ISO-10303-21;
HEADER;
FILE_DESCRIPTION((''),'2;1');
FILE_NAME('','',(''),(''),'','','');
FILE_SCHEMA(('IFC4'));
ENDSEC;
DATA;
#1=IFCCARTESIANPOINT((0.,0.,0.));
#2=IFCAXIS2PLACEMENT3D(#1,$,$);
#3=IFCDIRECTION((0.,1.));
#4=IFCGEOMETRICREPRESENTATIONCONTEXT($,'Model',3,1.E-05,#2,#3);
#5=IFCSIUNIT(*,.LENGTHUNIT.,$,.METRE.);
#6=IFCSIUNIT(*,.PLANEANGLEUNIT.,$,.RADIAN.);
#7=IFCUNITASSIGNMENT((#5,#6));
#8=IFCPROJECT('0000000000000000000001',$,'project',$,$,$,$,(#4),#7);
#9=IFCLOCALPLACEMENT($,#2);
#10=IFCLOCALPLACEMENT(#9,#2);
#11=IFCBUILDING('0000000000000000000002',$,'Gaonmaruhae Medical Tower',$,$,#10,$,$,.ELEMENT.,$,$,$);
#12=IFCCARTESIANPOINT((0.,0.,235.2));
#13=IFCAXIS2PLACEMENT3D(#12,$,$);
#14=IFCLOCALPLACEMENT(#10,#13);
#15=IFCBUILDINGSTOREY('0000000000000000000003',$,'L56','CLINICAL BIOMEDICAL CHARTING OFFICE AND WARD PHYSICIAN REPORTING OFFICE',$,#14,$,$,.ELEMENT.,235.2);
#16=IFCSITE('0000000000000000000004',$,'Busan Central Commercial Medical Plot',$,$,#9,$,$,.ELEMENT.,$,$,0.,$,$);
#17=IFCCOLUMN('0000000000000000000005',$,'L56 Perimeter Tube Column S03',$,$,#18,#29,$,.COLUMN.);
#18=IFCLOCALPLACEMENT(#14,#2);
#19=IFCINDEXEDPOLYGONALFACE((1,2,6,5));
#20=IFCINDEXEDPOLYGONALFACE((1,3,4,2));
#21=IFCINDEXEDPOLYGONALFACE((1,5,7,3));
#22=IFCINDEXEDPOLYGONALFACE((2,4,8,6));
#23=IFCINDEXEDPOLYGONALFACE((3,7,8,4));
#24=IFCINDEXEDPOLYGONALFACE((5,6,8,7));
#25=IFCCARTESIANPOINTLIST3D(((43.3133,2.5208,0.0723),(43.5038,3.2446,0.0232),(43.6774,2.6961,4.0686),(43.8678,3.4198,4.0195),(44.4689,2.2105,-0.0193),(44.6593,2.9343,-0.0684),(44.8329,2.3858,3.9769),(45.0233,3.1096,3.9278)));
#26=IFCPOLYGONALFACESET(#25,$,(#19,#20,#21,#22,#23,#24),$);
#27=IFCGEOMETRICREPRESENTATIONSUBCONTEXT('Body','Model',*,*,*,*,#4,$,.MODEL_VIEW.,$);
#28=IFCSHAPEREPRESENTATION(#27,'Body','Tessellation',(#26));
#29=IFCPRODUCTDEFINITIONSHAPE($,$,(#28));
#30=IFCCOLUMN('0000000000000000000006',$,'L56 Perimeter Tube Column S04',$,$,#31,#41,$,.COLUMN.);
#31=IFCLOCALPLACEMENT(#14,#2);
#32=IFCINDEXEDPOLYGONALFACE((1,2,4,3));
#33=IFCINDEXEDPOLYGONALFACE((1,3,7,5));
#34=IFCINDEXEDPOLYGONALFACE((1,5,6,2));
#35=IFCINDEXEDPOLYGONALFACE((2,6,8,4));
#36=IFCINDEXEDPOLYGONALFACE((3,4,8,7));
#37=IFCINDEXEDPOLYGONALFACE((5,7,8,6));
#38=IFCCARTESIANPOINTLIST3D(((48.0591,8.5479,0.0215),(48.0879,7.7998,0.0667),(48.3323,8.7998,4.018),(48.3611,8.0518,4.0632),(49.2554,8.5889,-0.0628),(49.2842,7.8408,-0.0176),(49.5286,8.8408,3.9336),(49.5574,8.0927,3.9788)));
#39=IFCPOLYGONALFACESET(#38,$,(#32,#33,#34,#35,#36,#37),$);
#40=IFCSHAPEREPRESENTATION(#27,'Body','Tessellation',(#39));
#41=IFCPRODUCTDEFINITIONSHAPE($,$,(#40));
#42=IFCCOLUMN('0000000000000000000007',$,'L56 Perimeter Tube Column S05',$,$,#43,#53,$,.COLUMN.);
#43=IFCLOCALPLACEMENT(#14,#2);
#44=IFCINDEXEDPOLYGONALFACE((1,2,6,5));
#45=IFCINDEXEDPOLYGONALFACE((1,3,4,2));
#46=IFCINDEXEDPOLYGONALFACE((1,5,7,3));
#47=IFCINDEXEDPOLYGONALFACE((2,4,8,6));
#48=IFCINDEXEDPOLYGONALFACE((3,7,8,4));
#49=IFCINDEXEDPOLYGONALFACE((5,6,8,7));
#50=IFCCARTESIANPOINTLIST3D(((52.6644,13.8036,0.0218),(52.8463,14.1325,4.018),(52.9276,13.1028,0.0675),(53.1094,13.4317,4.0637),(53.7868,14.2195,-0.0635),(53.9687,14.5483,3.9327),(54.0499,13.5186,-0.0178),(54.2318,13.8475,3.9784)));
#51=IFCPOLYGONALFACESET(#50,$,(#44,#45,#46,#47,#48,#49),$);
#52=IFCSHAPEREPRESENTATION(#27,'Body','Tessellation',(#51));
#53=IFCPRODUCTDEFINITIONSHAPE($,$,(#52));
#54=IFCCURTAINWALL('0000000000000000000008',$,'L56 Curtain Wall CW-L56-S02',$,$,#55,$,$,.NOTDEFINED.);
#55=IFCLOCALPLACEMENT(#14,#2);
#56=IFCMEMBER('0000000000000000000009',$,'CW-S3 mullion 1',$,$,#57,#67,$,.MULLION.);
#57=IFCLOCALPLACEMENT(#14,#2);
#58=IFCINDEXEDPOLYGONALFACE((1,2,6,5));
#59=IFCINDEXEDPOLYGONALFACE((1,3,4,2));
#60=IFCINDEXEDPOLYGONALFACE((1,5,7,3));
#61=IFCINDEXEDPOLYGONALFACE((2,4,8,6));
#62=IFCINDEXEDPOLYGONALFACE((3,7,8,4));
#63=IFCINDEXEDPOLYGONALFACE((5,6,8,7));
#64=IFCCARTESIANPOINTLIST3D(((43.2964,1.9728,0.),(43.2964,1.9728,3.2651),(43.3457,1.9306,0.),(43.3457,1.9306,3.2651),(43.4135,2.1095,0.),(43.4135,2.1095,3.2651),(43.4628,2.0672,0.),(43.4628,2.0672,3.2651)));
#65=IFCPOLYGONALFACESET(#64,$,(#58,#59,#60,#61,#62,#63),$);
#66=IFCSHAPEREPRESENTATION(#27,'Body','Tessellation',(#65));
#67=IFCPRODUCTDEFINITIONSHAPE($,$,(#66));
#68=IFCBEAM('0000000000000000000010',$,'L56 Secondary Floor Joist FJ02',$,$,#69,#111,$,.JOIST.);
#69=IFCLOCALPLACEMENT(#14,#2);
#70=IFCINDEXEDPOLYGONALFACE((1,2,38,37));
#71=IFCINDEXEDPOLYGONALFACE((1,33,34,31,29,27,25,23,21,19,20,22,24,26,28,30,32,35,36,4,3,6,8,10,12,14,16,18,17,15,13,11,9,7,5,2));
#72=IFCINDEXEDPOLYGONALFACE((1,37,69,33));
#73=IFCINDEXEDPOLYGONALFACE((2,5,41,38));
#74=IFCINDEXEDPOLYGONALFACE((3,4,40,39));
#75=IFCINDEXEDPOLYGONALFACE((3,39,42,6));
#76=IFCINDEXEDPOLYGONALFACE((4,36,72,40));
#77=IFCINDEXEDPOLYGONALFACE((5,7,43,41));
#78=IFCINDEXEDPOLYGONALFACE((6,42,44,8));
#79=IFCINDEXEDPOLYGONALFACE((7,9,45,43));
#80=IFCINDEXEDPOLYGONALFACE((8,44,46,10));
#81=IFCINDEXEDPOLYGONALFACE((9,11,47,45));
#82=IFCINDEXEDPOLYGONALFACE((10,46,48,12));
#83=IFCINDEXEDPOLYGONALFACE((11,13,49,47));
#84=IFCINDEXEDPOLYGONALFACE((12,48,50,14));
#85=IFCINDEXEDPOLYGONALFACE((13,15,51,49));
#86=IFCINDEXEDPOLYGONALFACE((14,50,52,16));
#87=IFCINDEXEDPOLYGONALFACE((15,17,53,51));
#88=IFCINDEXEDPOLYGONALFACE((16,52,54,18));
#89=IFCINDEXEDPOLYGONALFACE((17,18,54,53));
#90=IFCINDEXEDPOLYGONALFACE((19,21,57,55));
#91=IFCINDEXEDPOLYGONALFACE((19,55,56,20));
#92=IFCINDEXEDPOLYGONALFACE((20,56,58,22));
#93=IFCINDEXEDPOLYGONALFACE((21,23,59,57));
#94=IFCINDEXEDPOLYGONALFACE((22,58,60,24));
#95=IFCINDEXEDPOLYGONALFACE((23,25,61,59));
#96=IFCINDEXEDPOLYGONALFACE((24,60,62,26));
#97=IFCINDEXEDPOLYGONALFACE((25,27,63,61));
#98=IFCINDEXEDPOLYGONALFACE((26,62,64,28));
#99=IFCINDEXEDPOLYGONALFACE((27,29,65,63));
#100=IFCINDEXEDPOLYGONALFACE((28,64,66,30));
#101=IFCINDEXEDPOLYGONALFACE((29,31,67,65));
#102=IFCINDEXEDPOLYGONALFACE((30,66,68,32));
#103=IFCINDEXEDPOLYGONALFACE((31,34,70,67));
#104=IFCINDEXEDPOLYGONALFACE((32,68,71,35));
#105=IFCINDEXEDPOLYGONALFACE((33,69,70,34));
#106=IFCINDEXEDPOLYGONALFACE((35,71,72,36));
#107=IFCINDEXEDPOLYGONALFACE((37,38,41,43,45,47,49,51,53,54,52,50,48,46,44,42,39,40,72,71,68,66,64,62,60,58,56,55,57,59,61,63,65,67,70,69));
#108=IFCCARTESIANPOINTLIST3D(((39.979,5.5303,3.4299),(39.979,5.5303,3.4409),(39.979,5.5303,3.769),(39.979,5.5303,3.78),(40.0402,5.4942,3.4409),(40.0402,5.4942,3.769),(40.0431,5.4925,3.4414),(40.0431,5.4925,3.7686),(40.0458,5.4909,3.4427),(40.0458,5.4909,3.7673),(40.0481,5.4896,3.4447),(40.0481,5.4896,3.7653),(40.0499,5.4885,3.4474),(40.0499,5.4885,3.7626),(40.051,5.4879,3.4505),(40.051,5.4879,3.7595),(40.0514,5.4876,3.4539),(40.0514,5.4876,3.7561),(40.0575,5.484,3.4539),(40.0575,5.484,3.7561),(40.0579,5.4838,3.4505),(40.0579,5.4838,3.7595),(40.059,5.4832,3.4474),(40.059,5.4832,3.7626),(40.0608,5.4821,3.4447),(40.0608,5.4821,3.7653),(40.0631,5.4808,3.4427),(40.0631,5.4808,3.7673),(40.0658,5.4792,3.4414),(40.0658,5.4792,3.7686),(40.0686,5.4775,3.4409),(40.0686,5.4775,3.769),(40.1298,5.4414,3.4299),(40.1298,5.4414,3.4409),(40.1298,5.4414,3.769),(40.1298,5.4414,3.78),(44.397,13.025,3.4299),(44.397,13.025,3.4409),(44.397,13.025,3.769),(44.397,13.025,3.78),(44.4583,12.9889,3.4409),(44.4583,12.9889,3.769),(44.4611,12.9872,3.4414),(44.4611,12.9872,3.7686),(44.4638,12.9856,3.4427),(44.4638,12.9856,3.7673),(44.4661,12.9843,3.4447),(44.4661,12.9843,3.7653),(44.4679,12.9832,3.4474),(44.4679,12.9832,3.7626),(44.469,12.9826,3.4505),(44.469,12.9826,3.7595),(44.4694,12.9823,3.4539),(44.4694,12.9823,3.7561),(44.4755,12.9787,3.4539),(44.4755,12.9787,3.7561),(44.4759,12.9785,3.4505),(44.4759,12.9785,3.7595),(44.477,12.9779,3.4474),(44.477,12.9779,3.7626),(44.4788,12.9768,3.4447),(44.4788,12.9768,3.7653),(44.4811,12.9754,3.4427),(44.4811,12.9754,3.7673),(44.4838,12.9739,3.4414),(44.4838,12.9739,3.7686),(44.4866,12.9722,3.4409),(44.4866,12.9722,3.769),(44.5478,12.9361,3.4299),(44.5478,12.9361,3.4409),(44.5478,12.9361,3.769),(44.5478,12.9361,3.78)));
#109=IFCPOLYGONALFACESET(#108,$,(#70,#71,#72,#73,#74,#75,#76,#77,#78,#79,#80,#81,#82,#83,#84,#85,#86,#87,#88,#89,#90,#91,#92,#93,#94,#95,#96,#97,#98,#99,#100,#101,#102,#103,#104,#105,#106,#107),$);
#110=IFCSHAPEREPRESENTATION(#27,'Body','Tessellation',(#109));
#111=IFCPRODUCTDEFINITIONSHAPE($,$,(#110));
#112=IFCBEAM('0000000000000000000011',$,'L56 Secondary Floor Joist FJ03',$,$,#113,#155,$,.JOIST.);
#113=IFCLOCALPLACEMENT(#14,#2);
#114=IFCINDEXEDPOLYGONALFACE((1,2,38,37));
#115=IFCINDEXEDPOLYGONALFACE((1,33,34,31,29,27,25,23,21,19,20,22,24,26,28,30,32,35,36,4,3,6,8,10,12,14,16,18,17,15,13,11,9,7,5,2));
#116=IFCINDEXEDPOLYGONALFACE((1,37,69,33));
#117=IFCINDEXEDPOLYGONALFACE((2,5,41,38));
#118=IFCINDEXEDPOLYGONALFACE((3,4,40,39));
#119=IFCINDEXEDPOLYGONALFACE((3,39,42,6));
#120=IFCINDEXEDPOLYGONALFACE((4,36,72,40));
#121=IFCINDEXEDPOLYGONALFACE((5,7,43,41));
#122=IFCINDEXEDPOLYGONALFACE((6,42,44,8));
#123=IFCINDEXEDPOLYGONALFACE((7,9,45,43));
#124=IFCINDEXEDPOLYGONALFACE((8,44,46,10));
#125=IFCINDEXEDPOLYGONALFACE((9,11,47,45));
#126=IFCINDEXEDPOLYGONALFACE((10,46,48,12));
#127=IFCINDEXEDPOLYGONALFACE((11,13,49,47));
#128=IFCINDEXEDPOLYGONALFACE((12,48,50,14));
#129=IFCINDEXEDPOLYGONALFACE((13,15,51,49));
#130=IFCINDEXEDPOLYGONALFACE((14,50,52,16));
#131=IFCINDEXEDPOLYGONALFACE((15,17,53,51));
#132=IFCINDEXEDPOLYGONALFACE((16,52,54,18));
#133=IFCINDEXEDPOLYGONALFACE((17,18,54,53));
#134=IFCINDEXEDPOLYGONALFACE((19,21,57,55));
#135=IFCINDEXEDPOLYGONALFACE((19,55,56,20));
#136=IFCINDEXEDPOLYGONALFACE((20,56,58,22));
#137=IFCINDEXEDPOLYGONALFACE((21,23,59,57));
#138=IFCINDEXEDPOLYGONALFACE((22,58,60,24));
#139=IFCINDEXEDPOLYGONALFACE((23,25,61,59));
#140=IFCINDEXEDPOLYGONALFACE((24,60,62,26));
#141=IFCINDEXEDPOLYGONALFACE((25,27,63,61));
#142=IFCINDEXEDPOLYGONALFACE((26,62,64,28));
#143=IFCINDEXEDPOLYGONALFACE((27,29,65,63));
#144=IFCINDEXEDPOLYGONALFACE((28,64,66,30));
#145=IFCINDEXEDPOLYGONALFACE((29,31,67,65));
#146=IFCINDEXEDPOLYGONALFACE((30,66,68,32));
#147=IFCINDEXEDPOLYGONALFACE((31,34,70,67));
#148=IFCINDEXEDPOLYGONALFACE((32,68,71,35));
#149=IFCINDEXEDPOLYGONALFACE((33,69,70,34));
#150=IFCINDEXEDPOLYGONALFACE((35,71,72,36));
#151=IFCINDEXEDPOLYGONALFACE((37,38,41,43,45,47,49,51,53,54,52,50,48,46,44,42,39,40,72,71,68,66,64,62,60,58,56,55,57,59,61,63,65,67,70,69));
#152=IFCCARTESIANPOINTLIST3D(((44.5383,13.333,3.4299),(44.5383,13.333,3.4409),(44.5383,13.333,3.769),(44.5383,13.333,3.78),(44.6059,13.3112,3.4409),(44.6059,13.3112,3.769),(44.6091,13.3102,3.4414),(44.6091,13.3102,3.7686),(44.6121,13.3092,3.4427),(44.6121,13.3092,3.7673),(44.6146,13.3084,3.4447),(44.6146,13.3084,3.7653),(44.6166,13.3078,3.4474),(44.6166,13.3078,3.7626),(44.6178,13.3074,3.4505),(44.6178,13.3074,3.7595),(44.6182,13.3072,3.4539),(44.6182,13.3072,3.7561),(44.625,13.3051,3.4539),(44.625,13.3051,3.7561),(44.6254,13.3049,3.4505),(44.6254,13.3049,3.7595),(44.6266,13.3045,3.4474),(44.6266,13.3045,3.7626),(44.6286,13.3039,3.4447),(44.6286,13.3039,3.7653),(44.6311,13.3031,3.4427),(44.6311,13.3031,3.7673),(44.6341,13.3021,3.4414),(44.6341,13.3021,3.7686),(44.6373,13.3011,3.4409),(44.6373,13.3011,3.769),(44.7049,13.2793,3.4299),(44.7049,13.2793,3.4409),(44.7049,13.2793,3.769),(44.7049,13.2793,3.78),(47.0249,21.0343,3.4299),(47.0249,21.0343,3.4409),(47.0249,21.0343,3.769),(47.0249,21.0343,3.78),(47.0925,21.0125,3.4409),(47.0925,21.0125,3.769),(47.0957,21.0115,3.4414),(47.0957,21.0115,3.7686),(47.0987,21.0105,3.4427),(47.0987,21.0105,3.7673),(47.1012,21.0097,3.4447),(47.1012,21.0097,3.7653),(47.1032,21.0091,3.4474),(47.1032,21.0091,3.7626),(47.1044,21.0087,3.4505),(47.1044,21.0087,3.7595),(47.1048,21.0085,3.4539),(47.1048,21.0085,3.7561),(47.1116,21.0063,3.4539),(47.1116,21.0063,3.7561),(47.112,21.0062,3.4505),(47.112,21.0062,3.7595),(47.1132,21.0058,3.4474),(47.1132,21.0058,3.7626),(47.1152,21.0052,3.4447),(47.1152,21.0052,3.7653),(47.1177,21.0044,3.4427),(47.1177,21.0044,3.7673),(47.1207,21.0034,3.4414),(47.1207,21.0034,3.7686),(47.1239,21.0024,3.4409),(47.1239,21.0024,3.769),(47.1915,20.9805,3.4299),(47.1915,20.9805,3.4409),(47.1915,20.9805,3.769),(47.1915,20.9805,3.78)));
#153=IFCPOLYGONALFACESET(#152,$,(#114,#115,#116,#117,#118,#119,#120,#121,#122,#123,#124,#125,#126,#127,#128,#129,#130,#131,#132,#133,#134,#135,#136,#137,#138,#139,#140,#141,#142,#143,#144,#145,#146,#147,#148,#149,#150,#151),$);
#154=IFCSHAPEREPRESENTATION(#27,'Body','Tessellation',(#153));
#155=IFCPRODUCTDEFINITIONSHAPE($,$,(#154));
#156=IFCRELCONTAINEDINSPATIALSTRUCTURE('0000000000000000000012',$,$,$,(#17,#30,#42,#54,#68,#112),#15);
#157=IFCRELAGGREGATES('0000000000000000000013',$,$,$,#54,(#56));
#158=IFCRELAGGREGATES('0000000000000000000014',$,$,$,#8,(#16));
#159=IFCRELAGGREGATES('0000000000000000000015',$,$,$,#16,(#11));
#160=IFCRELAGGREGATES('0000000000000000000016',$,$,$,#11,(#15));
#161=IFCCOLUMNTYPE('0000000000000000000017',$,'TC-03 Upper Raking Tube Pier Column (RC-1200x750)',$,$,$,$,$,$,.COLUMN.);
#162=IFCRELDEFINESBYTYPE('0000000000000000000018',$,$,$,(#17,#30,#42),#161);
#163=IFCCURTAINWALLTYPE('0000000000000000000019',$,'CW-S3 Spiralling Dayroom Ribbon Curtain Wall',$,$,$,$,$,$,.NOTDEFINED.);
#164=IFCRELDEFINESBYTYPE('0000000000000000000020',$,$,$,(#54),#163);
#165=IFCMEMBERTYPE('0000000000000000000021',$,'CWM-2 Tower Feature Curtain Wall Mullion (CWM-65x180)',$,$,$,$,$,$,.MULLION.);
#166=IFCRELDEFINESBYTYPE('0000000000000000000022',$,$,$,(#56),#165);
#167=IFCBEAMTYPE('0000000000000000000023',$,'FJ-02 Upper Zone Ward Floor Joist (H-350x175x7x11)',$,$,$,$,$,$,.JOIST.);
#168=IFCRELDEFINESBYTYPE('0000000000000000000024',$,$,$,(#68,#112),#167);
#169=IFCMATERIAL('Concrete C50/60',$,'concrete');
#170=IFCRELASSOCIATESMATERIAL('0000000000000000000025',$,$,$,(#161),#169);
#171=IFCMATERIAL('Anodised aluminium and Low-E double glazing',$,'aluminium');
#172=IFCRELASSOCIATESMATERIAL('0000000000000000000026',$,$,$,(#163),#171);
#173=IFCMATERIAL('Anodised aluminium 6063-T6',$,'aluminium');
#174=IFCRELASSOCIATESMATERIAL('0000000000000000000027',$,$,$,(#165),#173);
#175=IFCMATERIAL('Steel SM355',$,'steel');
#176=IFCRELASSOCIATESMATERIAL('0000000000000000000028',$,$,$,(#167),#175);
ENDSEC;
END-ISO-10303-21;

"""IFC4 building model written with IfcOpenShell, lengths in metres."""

from ifc_helpers import new_model, si_unit, direction, frame, origin, origin_2d, place, context, subcontext, project, spatial, rectangle, i_section, extrude, material, material_profile, profile_set, type_object, element, aggregate, save


model = new_model("IFC4")

# Units and contexts
model_context = context("Model", 3, precision=1e-05, world=origin(), true_north=direction((0.0, 1.0)))
body_context = subcontext(model_context, "Body", "Model", "MODEL_VIEW")
ifc_project = project(units=[si_unit("LENGTHUNIT", "METRE"), si_unit("PLANEANGLEUNIT", "RADIAN")], contexts=[model_context])

# Site, building, storey
site_placement = place(None, origin())
site = spatial("IfcSite", under=ifc_project, at=site_placement, Name="Busan Central Commercial Medical Plot", CompositionType="ELEMENT", RefElevation=0.0)
building_placement = place(site_placement, origin())
building = spatial("IfcBuilding", under=site, at=building_placement, Name="Gaonmaruhae Medical Tower", CompositionType="ELEMENT")
storey_placement = place(building_placement, frame((0.0, 0.0, 235.2)))
storey = spatial("IfcBuildingStorey", under=building, at=storey_placement, Name="L56", Description="CLINICAL BIOMEDICAL CHARTING OFFICE AND WARD PHYSICIAN REPORTING OFFICE", CompositionType="ELEMENT", Elevation=235.2)

# Columns
ifc_material_1 = material(Name="Concrete C50/60", Category="concrete")
ifc_material_profile_1 = material_profile(ifc_material_1, rectangle(XDim=1.2, YDim=0.75, at=origin_2d()), Name="RC-1200x750")
ifc_profile_set_1 = profile_set([ifc_material_profile_1], Name="Concrete C50/60")
column_type = type_object("IfcColumnType", Name="TC-03 Upper Raking Tube Pier Column (RC-1200x750)", PredefinedType="COLUMN", material=ifc_profile_set_1)
column_1_placement = place(storey_placement, frame((43.9863, 2.7275, 0.002), z_axis=(0.090625, 0.043641, 0.994928), x_axis=(-0.962967, 0.258577, 0.076372)))
element("IfcColumn", 1, at=column_1_placement, inside=storey, type_object=column_type, Name="L56 Perimeter Tube Column S03", PredefinedType="COLUMN", context=body_context, shape_type="SweptSolid", body=[
    extrude(rectangle(XDim=1.2, YDim=0.75, at=origin_2d()), origin(), (0.0, 0.0, 1.0), 4.0166),
])
column_2_placement = place(storey_placement, frame((48.6716, 8.1943, 0.002), z_axis=(0.068067, 0.062775, 0.995704), x_axis=(-0.996941, -0.034151, 0.070305)))
element("IfcColumn", 2, at=column_2_placement, inside=storey, type_object=column_type, Name="L56 Perimeter Tube Column S04", PredefinedType="COLUMN", context=body_context, shape_type="SweptSolid", body=[
    extrude(rectangle(XDim=1.2, YDim=0.75, at=origin_2d()), origin(), (0.0, 0.0, 1.0), 4.0137),
])
column_3_placement = place(storey_placement, frame((53.3572, 13.6611, 0.002), z_axis=(0.045313, 0.081928, 0.995608), x_axis=(-0.93534, -0.346535, 0.071086)))
element("IfcColumn", 3, at=column_3_placement, inside=storey, type_object=column_type, Name="L56 Perimeter Tube Column S05", PredefinedType="COLUMN", context=body_context, shape_type="SweptSolid", body=[
    extrude(rectangle(XDim=1.2, YDim=0.75, at=origin_2d()), origin(), (0.0, 0.0, 1.0), 4.0139),
])

# Curtain wall, member
ifc_material_2 = material(Name="Anodised aluminium and Low-E double glazing", Category="aluminium")
curtain_wall_type = type_object("IfcCurtainWallType", Name="CW-S3 Spiralling Dayroom Ribbon Curtain Wall", PredefinedType="NOTDEFINED", material=ifc_material_2)
curtain_wall_placement = place(storey_placement, origin())
curtain_wall = element("IfcCurtainWall", 4, at=curtain_wall_placement, inside=storey, type_object=curtain_wall_type, Name="L56 Curtain Wall CW-L56-S02", PredefinedType="NOTDEFINED")
ifc_material_3 = material(Name="Anodised aluminium 6063-T6", Category="aluminium")
ifc_material_profile_2 = material_profile(ifc_material_3, rectangle(XDim=0.0649, YDim=0.1799, at=origin_2d()), Name="CWM-65x180")
ifc_profile_set_2 = profile_set([ifc_material_profile_2], Name="Anodised aluminium 6063-T6")
member_type = type_object("IfcMemberType", Name="CWM-2 Tower Feature Curtain Wall Mullion (CWM-65x180)", PredefinedType="MULLION", material=ifc_profile_set_2)
member_placement = place(storey_placement, frame((43.3796, 2.02, 0.0), z_axis=(0.0, 0.0, 1.0), x_axis=(0.759265, -0.650782, 0.0)))
member = element("IfcMember", 5, at=member_placement, type_object=member_type, Name="CW-S3 mullion 1", PredefinedType="MULLION", context=body_context, shape_type="SweptSolid", body=[
    extrude(rectangle(XDim=0.0649, YDim=0.1799, at=origin_2d()), origin(), (0.0, 0.0, 1.0), 3.2651),
])
aggregate(curtain_wall, [member])

# Beams
ifc_material_4 = material(Name="Steel SM355", Category="steel")
ifc_material_profile_3 = material_profile(ifc_material_4, i_section(OverallWidth=0.175, OverallDepth=0.3501, WebThickness=0.0071, FlangeThickness=0.011, FilletRadius=0.0129, at=origin_2d()), Name="H-350x175x7x11")
ifc_profile_set_3 = profile_set([ifc_material_profile_3], Name="Steel SM355")
beam_type_1 = type_object("IfcBeamType", Name="FJ-02 Upper Zone Ward Floor Joist (H-350x175x7x11)", PredefinedType="JOIST", material=ifc_profile_set_3)
beam_1_placement = place(storey_placement, frame((40.0544, 5.4858, 3.605), z_axis=(0.50782, 0.861463, 0.0), x_axis=(-0.861463, 0.50782, 0.0)))
element("IfcBeam", 6, at=beam_1_placement, inside=storey, type_object=beam_type_1, Name="L56 Secondary Floor Joist FJ02", PredefinedType="JOIST", context=body_context, shape_type="SweptSolid", body=[
    extrude(i_section(OverallWidth=0.175, OverallDepth=0.3501, WebThickness=0.0071, FlangeThickness=0.011, FilletRadius=0.0129, at=origin_2d()), origin(), (0.0, 0.0, 1.0), 8.7),
])
beam_2_placement = place(storey_placement, frame((44.6216, 13.3062, 3.605), z_axis=(0.307263, 0.951625, 0.0), x_axis=(-0.951625, 0.307263, 0.0)))
element("IfcBeam", 7, at=beam_2_placement, inside=storey, type_object=beam_type_1, Name="L56 Secondary Floor Joist FJ03", PredefinedType="JOIST", context=body_context, shape_type="SweptSolid", body=[
    extrude(i_section(OverallWidth=0.175, OverallDepth=0.3501, WebThickness=0.0071, FlangeThickness=0.011, FilletRadius=0.0129, at=origin_2d()), origin(), (0.0, 0.0, 1.0), 8.0928),
])

save(model, "model.ifc")
